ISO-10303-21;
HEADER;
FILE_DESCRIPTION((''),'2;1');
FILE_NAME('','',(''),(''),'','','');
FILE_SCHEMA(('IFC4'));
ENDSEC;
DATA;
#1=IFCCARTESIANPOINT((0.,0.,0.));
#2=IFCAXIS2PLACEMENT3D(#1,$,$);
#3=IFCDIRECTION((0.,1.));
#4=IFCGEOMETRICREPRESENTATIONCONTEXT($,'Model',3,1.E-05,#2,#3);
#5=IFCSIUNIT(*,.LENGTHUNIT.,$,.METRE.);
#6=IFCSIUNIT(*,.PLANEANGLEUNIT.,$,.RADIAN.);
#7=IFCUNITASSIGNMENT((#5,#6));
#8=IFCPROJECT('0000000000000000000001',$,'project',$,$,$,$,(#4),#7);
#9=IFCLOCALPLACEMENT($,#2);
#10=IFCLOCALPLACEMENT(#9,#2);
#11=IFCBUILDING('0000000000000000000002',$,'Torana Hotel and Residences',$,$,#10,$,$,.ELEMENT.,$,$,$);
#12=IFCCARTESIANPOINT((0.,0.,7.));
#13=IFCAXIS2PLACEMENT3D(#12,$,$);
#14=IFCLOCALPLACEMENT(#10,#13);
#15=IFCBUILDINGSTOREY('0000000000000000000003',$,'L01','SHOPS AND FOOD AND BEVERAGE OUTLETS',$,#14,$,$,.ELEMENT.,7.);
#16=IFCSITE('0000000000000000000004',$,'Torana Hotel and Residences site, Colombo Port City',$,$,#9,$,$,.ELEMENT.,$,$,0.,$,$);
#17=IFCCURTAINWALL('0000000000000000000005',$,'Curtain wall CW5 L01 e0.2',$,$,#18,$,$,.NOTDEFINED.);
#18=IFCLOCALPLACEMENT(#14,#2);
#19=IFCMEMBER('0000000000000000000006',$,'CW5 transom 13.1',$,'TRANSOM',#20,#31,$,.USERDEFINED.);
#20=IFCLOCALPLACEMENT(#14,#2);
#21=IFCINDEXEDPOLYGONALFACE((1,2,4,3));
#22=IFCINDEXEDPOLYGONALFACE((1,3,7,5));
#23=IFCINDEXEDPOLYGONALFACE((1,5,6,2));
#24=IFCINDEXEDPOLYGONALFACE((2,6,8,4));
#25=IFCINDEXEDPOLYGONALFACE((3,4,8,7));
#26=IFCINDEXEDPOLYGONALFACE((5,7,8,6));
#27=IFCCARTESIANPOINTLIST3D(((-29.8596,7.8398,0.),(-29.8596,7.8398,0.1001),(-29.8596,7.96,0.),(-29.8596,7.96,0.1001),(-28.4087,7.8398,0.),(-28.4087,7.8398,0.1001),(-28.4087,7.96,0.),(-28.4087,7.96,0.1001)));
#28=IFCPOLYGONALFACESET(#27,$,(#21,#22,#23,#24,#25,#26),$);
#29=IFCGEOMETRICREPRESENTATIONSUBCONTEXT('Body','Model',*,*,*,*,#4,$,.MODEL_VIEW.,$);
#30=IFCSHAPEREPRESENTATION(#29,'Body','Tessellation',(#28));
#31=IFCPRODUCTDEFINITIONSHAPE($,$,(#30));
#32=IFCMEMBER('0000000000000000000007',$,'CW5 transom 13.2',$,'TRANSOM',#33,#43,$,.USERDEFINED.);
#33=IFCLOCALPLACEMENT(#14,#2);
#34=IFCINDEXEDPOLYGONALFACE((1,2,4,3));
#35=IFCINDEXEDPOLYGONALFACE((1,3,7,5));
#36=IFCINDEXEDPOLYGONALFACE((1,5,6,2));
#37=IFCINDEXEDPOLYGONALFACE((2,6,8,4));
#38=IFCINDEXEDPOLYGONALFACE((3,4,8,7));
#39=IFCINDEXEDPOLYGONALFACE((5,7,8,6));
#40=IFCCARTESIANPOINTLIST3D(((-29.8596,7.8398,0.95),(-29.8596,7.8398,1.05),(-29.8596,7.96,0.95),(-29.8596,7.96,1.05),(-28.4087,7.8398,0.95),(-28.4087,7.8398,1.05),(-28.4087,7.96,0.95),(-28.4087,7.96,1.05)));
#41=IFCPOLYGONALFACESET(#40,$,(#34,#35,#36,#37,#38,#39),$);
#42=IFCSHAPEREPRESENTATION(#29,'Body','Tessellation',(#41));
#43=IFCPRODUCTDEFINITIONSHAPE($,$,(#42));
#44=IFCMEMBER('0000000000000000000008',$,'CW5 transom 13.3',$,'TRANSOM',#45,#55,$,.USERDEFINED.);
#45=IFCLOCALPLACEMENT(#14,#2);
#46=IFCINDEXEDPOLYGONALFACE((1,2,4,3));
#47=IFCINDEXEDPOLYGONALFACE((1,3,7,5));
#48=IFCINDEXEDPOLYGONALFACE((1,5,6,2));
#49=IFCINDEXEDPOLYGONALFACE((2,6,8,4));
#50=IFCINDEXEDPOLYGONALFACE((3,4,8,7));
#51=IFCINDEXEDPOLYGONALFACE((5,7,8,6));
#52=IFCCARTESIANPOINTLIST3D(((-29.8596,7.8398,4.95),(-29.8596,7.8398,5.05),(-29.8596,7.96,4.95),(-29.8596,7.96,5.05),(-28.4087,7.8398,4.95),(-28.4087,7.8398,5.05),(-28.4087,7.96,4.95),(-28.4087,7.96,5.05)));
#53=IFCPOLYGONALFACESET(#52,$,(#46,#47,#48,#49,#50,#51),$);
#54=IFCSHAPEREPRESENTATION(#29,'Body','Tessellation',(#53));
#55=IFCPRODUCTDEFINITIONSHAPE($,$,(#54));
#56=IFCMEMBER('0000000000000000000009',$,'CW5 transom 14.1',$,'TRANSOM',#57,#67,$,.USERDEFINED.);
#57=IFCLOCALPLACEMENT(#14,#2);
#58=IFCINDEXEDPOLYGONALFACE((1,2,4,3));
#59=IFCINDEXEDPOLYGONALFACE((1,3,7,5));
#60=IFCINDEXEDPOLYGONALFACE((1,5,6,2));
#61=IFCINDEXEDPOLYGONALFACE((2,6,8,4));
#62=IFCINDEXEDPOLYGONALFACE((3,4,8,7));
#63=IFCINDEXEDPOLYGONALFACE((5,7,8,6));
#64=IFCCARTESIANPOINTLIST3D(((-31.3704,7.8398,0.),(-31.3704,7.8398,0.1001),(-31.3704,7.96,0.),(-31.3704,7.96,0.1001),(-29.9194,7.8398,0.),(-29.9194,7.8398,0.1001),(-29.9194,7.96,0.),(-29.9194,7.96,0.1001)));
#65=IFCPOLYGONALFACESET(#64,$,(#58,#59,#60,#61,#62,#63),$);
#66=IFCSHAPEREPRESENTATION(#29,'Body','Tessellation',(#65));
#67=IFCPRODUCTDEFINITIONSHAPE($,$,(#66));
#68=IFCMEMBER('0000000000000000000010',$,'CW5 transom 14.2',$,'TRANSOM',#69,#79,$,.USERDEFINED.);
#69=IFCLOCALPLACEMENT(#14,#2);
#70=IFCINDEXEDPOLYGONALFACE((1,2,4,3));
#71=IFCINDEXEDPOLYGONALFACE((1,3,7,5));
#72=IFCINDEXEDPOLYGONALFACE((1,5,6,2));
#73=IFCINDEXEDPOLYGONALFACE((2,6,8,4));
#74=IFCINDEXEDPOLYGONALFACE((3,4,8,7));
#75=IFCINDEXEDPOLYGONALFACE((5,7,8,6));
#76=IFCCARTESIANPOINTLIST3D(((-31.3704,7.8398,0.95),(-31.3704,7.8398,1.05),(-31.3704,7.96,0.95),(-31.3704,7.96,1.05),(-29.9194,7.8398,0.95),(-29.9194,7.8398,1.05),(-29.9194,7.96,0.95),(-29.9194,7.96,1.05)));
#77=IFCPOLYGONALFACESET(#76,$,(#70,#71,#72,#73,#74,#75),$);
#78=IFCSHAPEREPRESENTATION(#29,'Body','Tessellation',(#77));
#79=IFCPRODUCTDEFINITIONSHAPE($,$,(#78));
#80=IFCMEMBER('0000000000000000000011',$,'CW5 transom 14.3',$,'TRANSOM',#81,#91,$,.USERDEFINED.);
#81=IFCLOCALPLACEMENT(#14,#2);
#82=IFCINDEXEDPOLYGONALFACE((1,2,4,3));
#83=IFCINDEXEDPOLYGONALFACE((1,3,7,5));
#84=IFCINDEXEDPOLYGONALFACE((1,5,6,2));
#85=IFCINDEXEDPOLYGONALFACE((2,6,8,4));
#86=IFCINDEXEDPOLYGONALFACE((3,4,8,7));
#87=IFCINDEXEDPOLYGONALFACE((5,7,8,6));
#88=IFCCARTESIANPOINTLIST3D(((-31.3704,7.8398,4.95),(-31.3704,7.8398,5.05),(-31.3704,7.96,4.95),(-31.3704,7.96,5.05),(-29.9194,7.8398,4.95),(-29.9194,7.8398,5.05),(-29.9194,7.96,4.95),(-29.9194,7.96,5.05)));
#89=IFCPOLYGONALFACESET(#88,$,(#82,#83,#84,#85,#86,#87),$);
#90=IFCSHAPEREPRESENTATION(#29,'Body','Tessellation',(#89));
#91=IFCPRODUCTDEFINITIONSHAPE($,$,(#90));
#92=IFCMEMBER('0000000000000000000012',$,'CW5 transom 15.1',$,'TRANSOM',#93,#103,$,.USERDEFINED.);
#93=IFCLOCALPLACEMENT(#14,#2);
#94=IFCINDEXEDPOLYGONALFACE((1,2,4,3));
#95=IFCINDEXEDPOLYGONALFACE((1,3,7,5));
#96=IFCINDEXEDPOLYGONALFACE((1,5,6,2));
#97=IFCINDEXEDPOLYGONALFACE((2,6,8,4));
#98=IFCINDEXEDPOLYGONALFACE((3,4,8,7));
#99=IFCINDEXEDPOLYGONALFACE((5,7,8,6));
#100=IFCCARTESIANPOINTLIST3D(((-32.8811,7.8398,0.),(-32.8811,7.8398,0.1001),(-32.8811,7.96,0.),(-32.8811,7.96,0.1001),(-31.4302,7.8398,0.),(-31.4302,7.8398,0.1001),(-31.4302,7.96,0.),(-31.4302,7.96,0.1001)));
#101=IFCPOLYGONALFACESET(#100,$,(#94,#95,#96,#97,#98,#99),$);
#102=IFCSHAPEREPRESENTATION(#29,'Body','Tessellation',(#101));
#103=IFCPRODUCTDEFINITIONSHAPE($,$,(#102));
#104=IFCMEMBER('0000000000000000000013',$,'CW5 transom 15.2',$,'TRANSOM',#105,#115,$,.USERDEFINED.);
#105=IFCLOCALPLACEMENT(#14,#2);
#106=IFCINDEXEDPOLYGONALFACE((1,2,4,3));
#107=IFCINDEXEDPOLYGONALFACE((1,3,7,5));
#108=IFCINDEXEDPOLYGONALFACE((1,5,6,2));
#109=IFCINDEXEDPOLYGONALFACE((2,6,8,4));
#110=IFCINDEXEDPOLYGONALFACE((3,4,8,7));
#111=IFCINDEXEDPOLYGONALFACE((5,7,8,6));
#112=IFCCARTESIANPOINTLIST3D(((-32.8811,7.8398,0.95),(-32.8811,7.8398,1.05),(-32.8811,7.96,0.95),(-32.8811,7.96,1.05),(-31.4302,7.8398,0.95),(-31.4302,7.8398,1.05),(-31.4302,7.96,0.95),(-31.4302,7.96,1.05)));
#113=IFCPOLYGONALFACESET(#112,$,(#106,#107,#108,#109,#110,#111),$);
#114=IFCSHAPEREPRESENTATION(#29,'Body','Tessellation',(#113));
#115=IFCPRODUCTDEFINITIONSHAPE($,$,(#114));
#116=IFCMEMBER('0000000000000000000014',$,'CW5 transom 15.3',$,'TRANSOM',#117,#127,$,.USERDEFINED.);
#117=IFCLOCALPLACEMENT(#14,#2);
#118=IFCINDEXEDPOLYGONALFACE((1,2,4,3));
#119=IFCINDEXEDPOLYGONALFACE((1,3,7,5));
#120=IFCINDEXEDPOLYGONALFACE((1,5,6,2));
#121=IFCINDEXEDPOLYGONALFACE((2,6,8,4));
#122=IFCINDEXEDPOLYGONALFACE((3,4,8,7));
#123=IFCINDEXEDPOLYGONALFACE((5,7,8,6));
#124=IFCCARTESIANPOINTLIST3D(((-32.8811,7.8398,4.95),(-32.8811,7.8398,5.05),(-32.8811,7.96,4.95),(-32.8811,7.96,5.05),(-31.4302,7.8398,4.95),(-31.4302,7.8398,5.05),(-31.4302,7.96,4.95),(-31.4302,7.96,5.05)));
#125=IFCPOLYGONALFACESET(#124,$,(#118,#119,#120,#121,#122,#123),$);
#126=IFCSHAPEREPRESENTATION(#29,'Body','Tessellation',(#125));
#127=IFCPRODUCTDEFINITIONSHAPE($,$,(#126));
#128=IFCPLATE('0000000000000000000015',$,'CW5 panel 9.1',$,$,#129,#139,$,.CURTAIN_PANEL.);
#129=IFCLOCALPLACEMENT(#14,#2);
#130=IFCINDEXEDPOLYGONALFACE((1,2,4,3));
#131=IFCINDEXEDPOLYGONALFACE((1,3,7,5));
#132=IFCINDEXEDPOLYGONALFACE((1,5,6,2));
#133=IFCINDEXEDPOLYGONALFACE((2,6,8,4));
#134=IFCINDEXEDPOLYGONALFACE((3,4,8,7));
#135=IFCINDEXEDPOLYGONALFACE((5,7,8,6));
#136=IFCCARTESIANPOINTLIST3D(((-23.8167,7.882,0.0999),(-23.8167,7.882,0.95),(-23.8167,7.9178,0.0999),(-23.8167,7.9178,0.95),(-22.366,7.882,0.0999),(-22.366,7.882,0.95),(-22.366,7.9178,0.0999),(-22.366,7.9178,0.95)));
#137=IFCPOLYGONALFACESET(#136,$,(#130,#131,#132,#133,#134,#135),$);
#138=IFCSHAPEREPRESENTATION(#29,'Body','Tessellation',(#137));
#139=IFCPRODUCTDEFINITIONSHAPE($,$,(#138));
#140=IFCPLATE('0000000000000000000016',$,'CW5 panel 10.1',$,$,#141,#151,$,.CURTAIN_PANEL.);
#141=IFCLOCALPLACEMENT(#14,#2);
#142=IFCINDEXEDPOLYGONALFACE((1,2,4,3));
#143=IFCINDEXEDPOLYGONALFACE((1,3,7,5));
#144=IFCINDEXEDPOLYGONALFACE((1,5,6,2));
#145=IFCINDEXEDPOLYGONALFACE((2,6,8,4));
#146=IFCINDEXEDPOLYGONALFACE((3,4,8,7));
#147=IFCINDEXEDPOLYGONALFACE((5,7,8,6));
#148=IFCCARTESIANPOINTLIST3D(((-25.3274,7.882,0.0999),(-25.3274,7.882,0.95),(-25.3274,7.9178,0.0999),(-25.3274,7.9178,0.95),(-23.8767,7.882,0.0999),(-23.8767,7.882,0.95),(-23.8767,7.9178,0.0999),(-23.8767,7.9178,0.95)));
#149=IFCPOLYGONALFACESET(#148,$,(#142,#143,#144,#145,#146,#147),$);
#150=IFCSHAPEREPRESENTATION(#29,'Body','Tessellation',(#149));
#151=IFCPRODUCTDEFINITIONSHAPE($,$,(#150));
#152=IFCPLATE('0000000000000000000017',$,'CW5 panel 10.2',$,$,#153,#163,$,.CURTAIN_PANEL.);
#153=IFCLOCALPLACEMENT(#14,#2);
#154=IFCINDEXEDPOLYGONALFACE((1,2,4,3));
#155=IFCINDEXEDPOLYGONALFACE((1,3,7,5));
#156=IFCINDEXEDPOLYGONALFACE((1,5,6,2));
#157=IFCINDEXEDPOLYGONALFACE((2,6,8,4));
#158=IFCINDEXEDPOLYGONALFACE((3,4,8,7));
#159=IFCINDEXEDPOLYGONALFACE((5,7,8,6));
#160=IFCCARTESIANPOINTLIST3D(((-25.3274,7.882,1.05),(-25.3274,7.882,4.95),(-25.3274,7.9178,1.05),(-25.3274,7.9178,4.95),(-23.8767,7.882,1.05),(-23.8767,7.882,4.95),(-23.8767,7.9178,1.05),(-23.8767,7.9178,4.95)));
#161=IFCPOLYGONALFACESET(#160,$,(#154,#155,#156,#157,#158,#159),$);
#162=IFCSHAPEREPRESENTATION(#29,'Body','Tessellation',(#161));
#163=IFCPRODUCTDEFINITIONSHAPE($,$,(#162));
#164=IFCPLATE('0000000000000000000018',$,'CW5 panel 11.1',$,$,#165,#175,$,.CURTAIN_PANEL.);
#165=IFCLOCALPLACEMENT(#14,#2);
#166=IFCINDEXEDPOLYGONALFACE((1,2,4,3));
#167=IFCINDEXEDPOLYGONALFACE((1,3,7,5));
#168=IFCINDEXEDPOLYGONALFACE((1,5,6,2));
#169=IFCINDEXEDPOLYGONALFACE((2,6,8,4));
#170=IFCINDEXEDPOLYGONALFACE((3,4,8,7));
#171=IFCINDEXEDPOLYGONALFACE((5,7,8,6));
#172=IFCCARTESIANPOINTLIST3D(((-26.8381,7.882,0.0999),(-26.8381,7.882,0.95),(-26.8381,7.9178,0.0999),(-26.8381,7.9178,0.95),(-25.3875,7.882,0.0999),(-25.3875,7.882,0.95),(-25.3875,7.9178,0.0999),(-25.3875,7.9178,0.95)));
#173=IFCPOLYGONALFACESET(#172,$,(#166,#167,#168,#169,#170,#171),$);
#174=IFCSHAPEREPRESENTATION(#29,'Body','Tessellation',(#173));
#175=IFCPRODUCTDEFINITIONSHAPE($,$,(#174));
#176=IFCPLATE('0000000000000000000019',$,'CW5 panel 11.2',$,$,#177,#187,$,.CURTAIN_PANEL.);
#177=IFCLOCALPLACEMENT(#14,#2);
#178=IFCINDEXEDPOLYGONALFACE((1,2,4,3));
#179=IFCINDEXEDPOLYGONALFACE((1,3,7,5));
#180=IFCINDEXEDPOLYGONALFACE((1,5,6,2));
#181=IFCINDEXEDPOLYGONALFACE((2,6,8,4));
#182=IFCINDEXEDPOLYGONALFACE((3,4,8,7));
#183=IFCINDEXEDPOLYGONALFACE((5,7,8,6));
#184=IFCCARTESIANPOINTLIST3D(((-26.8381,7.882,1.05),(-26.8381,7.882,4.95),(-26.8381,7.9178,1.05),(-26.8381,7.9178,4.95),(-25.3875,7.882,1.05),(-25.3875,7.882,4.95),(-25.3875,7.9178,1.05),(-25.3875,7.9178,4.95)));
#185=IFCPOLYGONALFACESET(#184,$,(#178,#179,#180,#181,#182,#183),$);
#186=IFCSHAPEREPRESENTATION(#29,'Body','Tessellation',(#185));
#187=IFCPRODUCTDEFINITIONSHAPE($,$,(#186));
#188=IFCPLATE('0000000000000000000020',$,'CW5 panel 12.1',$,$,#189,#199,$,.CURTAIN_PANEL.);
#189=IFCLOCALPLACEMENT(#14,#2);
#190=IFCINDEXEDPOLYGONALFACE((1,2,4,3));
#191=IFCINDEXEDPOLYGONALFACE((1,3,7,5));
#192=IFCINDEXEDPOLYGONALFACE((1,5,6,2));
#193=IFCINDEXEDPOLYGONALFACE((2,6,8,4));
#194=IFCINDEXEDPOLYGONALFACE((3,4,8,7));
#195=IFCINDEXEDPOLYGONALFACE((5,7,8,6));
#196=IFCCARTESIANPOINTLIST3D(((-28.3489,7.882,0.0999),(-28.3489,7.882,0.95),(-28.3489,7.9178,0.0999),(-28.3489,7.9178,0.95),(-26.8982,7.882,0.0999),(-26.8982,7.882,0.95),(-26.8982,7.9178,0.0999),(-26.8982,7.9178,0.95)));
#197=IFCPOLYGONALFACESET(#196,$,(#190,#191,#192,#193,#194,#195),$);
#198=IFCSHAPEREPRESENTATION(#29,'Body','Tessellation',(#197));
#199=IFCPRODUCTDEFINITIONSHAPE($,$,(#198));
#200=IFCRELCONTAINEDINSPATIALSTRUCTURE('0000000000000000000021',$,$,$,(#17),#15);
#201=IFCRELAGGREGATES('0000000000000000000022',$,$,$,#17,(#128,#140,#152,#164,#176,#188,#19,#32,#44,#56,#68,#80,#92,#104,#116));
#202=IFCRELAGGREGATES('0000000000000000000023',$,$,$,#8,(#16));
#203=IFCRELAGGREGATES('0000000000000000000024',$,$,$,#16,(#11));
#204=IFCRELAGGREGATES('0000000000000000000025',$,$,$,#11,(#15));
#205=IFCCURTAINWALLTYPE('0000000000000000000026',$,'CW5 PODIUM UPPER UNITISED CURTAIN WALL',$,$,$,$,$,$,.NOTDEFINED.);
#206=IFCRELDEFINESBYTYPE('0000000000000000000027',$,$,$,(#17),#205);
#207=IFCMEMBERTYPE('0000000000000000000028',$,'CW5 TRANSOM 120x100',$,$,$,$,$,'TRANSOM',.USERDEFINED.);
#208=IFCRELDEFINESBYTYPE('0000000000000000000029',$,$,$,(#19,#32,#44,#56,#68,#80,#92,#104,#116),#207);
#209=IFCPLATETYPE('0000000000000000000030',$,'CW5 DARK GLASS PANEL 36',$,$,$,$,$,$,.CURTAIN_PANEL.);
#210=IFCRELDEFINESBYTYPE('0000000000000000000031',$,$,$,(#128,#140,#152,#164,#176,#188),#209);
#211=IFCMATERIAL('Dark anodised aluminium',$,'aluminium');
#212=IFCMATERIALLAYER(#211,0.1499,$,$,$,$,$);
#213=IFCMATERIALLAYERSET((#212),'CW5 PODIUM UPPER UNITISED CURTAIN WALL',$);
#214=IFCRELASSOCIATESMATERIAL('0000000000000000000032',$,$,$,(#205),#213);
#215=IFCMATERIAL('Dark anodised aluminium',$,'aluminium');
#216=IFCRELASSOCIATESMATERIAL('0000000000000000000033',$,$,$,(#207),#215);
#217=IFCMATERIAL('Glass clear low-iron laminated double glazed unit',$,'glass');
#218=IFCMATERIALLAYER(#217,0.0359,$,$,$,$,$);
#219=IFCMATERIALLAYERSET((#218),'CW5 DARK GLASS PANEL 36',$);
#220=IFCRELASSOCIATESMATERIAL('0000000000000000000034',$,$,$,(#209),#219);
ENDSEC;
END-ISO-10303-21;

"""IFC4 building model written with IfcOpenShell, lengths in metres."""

from ifc_helpers import new_model, si_unit, direction, frame, origin, origin_2d, place, context, subcontext, project, spatial, rectangle, extrude, material, layer, layer_set, material_profile, profile_set, type_object, element, aggregate, save


model = new_model("IFC4")

# Units and contexts
model_context = context("Model", 3, precision=1e-05, world=origin(), true_north=direction((0.0, 1.0)))
body_context = subcontext(model_context, "Body", "Model", "MODEL_VIEW")
ifc_project = project(units=[si_unit("LENGTHUNIT", "METRE"), si_unit("PLANEANGLEUNIT", "RADIAN")], contexts=[model_context])

# Site, building, storey
site_placement = place(None, origin())
site = spatial("IfcSite", under=ifc_project, at=site_placement, Name="Torana Hotel and Residences site, Colombo Port City", CompositionType="ELEMENT", RefElevation=0.0)
building_placement = place(site_placement, origin())
building = spatial("IfcBuilding", under=site, at=building_placement, Name="Torana Hotel and Residences", CompositionType="ELEMENT")
storey_placement = place(building_placement, frame((0.0, 0.0, 7.0)))
storey = spatial("IfcBuildingStorey", under=building, at=storey_placement, Name="L01", Description="SHOPS AND FOOD AND BEVERAGE OUTLETS", CompositionType="ELEMENT", Elevation=7.0)

# Curtain wall, members, plates
ifc_material_1 = material(Name="Dark anodised aluminium", Category="aluminium")
ifc_layer_1 = layer(ifc_material_1, 0.1499)
ifc_layer_set_1 = layer_set([ifc_layer_1], Name="CW5 PODIUM UPPER UNITISED CURTAIN WALL")
curtain_wall_type = type_object("IfcCurtainWallType", Name="CW5 PODIUM UPPER UNITISED CURTAIN WALL", PredefinedType="NOTDEFINED", material=ifc_layer_set_1)
curtain_wall_placement = place(storey_placement, origin())
curtain_wall = element("IfcCurtainWall", 1, at=curtain_wall_placement, inside=storey, type_object=curtain_wall_type, Name="Curtain wall CW5 L01 e0.2", PredefinedType="NOTDEFINED")
ifc_material_2 = material(Name="Dark anodised aluminium", Category="aluminium")
ifc_material_profile_1 = material_profile(ifc_material_2, rectangle(XDim=0.1201, YDim=0.1001, at=origin_2d()), Name="CW5 TRANSOM 120x100")
ifc_profile_set_1 = profile_set([ifc_material_profile_1], Name="Dark anodised aluminium")
member_type_1 = type_object("IfcMemberType", Name="CW5 TRANSOM 120x100", ElementType="TRANSOM", PredefinedType="USERDEFINED", material=ifc_profile_set_1)
member_1_placement = place(storey_placement, frame((-28.4087, 7.8999, 0.05), z_axis=(-1.0, 0.0, 0.0), x_axis=(0.0, -1.0, 0.0)))
member_1 = element("IfcMember", 2, at=member_1_placement, type_object=member_type_1, Name="CW5 transom 13.1", ObjectType="TRANSOM", PredefinedType="USERDEFINED", context=body_context, shape_type="SweptSolid", body=[
    extrude(rectangle(XDim=0.1201, YDim=0.1001, at=origin_2d()), origin(), (0.0, 0.0, 1.0), 1.4509),
])
member_2_placement = place(storey_placement, frame((-28.4087, 7.8999, 1.0), z_axis=(-1.0, 0.0, 0.0), x_axis=(0.0, -1.0, 0.0)))
member_2 = element("IfcMember", 3, at=member_2_placement, type_object=member_type_1, Name="CW5 transom 13.2", ObjectType="TRANSOM", PredefinedType="USERDEFINED", context=body_context, shape_type="SweptSolid", body=[
    extrude(rectangle(XDim=0.1201, YDim=0.1001, at=origin_2d()), origin(), (0.0, 0.0, 1.0), 1.4509),
])
member_3_placement = place(storey_placement, frame((-28.4087, 7.8999, 5.0), z_axis=(-1.0, 0.0, 0.0), x_axis=(0.0, -1.0, 0.0)))
member_3 = element("IfcMember", 4, at=member_3_placement, type_object=member_type_1, Name="CW5 transom 13.3", ObjectType="TRANSOM", PredefinedType="USERDEFINED", context=body_context, shape_type="SweptSolid", body=[
    extrude(rectangle(XDim=0.1201, YDim=0.1001, at=origin_2d()), origin(), (0.0, 0.0, 1.0), 1.4509),
])
member_4_placement = place(storey_placement, frame((-29.9194, 7.8999, 0.05), z_axis=(-1.0, 0.0, 0.0), x_axis=(0.0, -1.0, 0.0)))
member_4 = element("IfcMember", 5, at=member_4_placement, type_object=member_type_1, Name="CW5 transom 14.1", ObjectType="TRANSOM", PredefinedType="USERDEFINED", context=body_context, shape_type="SweptSolid", body=[
    extrude(rectangle(XDim=0.1201, YDim=0.1001, at=origin_2d()), origin(), (0.0, 0.0, 1.0), 1.4509),
])
member_5_placement = place(storey_placement, frame((-29.9194, 7.8999, 1.0), z_axis=(-1.0, 0.0, 0.0), x_axis=(0.0, -1.0, 0.0)))
member_5 = element("IfcMember", 6, at=member_5_placement, type_object=member_type_1, Name="CW5 transom 14.2", ObjectType="TRANSOM", PredefinedType="USERDEFINED", context=body_context, shape_type="SweptSolid", body=[
    extrude(rectangle(XDim=0.1201, YDim=0.1001, at=origin_2d()), origin(), (0.0, 0.0, 1.0), 1.4509),
])
member_6_placement = place(storey_placement, frame((-29.9194, 7.8999, 5.0), z_axis=(-1.0, 0.0, 0.0), x_axis=(0.0, -1.0, 0.0)))
member_6 = element("IfcMember", 7, at=member_6_placement, type_object=member_type_1, Name="CW5 transom 14.3", ObjectType="TRANSOM", PredefinedType="USERDEFINED", context=body_context, shape_type="SweptSolid", body=[
    extrude(rectangle(XDim=0.1201, YDim=0.1001, at=origin_2d()), origin(), (0.0, 0.0, 1.0), 1.4509),
])
member_7_placement = place(storey_placement, frame((-31.4302, 7.8999, 0.05), z_axis=(-1.0, 0.0, 0.0), x_axis=(0.0, -1.0, 0.0)))
member_7 = element("IfcMember", 8, at=member_7_placement, type_object=member_type_1, Name="CW5 transom 15.1", ObjectType="TRANSOM", PredefinedType="USERDEFINED", context=body_context, shape_type="SweptSolid", body=[
    extrude(rectangle(XDim=0.1201, YDim=0.1001, at=origin_2d()), origin(), (0.0, 0.0, 1.0), 1.4509),
])
member_8_placement = place(storey_placement, frame((-31.4302, 7.8999, 1.0), z_axis=(-1.0, 0.0, 0.0), x_axis=(0.0, -1.0, 0.0)))
member_8 = element("IfcMember", 9, at=member_8_placement, type_object=member_type_1, Name="CW5 transom 15.2", ObjectType="TRANSOM", PredefinedType="USERDEFINED", context=body_context, shape_type="SweptSolid", body=[
    extrude(rectangle(XDim=0.1201, YDim=0.1001, at=origin_2d()), origin(), (0.0, 0.0, 1.0), 1.4509),
])
member_9_placement = place(storey_placement, frame((-31.4302, 7.8999, 5.0), z_axis=(-1.0, 0.0, 0.0), x_axis=(0.0, -1.0, 0.0)))
member_9 = element("IfcMember", 10, at=member_9_placement, type_object=member_type_1, Name="CW5 transom 15.3", ObjectType="TRANSOM", PredefinedType="USERDEFINED", context=body_context, shape_type="SweptSolid", body=[
    extrude(rectangle(XDim=0.1201, YDim=0.1001, at=origin_2d()), origin(), (0.0, 0.0, 1.0), 1.4509),
])
ifc_material_3 = material(Name="Glass clear low-iron laminated double glazed unit", Category="glass")
ifc_layer_2 = layer(ifc_material_3, 0.0359)
ifc_layer_set_2 = layer_set([ifc_layer_2], Name="CW5 DARK GLASS PANEL 36")
plate_type = type_object("IfcPlateType", Name="CW5 DARK GLASS PANEL 36", PredefinedType="CURTAIN_PANEL", material=ifc_layer_set_2)
plate_1_placement = place(storey_placement, frame((-23.0913, 7.8999, 0.0999), z_axis=(0.0, 0.0, 1.0), x_axis=(-1.0, 0.0, 0.0)))
plate_1 = element("IfcPlate", 11, at=plate_1_placement, type_object=plate_type, Name="CW5 panel 9.1", PredefinedType="CURTAIN_PANEL", context=body_context, shape_type="SweptSolid", body=[
    extrude(rectangle(XDim=1.4507, YDim=0.0359, at=origin_2d()), origin(), (0.0, 0.0, 1.0), 0.8501),
])
plate_2_placement = place(storey_placement, frame((-24.6021, 7.8999, 0.0999), z_axis=(0.0, 0.0, 1.0), x_axis=(-1.0, 0.0, 0.0)))
plate_2 = element("IfcPlate", 12, at=plate_2_placement, type_object=plate_type, Name="CW5 panel 10.1", PredefinedType="CURTAIN_PANEL", context=body_context, shape_type="SweptSolid", body=[
    extrude(rectangle(XDim=1.4507, YDim=0.0359, at=origin_2d()), origin(), (0.0, 0.0, 1.0), 0.8501),
])
plate_3_placement = place(storey_placement, frame((-24.6021, 7.8999, 1.05), z_axis=(0.0, 0.0, 1.0), x_axis=(-1.0, 0.0, 0.0)))
plate_3 = element("IfcPlate", 13, at=plate_3_placement, type_object=plate_type, Name="CW5 panel 10.2", PredefinedType="CURTAIN_PANEL", context=body_context, shape_type="SweptSolid", body=[
    extrude(rectangle(XDim=1.4507, YDim=0.0359, at=origin_2d()), origin(), (0.0, 0.0, 1.0), 3.8999),
])
plate_4_placement = place(storey_placement, frame((-26.1128, 7.8999, 0.0999), z_axis=(0.0, 0.0, 1.0), x_axis=(-1.0, 0.0, 0.0)))
plate_4 = element("IfcPlate", 14, at=plate_4_placement, type_object=plate_type, Name="CW5 panel 11.1", PredefinedType="CURTAIN_PANEL", context=body_context, shape_type="SweptSolid", body=[
    extrude(rectangle(XDim=1.4507, YDim=0.0359, at=origin_2d()), origin(), (0.0, 0.0, 1.0), 0.8501),
])
plate_5_placement = place(storey_placement, frame((-26.1128, 7.8999, 1.05), z_axis=(0.0, 0.0, 1.0), x_axis=(-1.0, 0.0, 0.0)))
plate_5 = element("IfcPlate", 15, at=plate_5_placement, type_object=plate_type, Name="CW5 panel 11.2", PredefinedType="CURTAIN_PANEL", context=body_context, shape_type="SweptSolid", body=[
    extrude(rectangle(XDim=1.4507, YDim=0.0359, at=origin_2d()), origin(), (0.0, 0.0, 1.0), 3.8999),
])
plate_6_placement = place(storey_placement, frame((-27.6235, 7.8999, 0.0999), z_axis=(0.0, 0.0, 1.0), x_axis=(-1.0, 0.0, 0.0)))
plate_6 = element("IfcPlate", 16, at=plate_6_placement, type_object=plate_type, Name="CW5 panel 12.1", PredefinedType="CURTAIN_PANEL", context=body_context, shape_type="SweptSolid", body=[
    extrude(rectangle(XDim=1.4507, YDim=0.0359, at=origin_2d()), origin(), (0.0, 0.0, 1.0), 0.8501),
])
aggregate(curtain_wall, [plate_1, plate_2, plate_3, plate_4, plate_5, plate_6, member_1, member_2, member_3, member_4, member_5, member_6, member_7, member_8, member_9])

save(model, "model.ifc")
